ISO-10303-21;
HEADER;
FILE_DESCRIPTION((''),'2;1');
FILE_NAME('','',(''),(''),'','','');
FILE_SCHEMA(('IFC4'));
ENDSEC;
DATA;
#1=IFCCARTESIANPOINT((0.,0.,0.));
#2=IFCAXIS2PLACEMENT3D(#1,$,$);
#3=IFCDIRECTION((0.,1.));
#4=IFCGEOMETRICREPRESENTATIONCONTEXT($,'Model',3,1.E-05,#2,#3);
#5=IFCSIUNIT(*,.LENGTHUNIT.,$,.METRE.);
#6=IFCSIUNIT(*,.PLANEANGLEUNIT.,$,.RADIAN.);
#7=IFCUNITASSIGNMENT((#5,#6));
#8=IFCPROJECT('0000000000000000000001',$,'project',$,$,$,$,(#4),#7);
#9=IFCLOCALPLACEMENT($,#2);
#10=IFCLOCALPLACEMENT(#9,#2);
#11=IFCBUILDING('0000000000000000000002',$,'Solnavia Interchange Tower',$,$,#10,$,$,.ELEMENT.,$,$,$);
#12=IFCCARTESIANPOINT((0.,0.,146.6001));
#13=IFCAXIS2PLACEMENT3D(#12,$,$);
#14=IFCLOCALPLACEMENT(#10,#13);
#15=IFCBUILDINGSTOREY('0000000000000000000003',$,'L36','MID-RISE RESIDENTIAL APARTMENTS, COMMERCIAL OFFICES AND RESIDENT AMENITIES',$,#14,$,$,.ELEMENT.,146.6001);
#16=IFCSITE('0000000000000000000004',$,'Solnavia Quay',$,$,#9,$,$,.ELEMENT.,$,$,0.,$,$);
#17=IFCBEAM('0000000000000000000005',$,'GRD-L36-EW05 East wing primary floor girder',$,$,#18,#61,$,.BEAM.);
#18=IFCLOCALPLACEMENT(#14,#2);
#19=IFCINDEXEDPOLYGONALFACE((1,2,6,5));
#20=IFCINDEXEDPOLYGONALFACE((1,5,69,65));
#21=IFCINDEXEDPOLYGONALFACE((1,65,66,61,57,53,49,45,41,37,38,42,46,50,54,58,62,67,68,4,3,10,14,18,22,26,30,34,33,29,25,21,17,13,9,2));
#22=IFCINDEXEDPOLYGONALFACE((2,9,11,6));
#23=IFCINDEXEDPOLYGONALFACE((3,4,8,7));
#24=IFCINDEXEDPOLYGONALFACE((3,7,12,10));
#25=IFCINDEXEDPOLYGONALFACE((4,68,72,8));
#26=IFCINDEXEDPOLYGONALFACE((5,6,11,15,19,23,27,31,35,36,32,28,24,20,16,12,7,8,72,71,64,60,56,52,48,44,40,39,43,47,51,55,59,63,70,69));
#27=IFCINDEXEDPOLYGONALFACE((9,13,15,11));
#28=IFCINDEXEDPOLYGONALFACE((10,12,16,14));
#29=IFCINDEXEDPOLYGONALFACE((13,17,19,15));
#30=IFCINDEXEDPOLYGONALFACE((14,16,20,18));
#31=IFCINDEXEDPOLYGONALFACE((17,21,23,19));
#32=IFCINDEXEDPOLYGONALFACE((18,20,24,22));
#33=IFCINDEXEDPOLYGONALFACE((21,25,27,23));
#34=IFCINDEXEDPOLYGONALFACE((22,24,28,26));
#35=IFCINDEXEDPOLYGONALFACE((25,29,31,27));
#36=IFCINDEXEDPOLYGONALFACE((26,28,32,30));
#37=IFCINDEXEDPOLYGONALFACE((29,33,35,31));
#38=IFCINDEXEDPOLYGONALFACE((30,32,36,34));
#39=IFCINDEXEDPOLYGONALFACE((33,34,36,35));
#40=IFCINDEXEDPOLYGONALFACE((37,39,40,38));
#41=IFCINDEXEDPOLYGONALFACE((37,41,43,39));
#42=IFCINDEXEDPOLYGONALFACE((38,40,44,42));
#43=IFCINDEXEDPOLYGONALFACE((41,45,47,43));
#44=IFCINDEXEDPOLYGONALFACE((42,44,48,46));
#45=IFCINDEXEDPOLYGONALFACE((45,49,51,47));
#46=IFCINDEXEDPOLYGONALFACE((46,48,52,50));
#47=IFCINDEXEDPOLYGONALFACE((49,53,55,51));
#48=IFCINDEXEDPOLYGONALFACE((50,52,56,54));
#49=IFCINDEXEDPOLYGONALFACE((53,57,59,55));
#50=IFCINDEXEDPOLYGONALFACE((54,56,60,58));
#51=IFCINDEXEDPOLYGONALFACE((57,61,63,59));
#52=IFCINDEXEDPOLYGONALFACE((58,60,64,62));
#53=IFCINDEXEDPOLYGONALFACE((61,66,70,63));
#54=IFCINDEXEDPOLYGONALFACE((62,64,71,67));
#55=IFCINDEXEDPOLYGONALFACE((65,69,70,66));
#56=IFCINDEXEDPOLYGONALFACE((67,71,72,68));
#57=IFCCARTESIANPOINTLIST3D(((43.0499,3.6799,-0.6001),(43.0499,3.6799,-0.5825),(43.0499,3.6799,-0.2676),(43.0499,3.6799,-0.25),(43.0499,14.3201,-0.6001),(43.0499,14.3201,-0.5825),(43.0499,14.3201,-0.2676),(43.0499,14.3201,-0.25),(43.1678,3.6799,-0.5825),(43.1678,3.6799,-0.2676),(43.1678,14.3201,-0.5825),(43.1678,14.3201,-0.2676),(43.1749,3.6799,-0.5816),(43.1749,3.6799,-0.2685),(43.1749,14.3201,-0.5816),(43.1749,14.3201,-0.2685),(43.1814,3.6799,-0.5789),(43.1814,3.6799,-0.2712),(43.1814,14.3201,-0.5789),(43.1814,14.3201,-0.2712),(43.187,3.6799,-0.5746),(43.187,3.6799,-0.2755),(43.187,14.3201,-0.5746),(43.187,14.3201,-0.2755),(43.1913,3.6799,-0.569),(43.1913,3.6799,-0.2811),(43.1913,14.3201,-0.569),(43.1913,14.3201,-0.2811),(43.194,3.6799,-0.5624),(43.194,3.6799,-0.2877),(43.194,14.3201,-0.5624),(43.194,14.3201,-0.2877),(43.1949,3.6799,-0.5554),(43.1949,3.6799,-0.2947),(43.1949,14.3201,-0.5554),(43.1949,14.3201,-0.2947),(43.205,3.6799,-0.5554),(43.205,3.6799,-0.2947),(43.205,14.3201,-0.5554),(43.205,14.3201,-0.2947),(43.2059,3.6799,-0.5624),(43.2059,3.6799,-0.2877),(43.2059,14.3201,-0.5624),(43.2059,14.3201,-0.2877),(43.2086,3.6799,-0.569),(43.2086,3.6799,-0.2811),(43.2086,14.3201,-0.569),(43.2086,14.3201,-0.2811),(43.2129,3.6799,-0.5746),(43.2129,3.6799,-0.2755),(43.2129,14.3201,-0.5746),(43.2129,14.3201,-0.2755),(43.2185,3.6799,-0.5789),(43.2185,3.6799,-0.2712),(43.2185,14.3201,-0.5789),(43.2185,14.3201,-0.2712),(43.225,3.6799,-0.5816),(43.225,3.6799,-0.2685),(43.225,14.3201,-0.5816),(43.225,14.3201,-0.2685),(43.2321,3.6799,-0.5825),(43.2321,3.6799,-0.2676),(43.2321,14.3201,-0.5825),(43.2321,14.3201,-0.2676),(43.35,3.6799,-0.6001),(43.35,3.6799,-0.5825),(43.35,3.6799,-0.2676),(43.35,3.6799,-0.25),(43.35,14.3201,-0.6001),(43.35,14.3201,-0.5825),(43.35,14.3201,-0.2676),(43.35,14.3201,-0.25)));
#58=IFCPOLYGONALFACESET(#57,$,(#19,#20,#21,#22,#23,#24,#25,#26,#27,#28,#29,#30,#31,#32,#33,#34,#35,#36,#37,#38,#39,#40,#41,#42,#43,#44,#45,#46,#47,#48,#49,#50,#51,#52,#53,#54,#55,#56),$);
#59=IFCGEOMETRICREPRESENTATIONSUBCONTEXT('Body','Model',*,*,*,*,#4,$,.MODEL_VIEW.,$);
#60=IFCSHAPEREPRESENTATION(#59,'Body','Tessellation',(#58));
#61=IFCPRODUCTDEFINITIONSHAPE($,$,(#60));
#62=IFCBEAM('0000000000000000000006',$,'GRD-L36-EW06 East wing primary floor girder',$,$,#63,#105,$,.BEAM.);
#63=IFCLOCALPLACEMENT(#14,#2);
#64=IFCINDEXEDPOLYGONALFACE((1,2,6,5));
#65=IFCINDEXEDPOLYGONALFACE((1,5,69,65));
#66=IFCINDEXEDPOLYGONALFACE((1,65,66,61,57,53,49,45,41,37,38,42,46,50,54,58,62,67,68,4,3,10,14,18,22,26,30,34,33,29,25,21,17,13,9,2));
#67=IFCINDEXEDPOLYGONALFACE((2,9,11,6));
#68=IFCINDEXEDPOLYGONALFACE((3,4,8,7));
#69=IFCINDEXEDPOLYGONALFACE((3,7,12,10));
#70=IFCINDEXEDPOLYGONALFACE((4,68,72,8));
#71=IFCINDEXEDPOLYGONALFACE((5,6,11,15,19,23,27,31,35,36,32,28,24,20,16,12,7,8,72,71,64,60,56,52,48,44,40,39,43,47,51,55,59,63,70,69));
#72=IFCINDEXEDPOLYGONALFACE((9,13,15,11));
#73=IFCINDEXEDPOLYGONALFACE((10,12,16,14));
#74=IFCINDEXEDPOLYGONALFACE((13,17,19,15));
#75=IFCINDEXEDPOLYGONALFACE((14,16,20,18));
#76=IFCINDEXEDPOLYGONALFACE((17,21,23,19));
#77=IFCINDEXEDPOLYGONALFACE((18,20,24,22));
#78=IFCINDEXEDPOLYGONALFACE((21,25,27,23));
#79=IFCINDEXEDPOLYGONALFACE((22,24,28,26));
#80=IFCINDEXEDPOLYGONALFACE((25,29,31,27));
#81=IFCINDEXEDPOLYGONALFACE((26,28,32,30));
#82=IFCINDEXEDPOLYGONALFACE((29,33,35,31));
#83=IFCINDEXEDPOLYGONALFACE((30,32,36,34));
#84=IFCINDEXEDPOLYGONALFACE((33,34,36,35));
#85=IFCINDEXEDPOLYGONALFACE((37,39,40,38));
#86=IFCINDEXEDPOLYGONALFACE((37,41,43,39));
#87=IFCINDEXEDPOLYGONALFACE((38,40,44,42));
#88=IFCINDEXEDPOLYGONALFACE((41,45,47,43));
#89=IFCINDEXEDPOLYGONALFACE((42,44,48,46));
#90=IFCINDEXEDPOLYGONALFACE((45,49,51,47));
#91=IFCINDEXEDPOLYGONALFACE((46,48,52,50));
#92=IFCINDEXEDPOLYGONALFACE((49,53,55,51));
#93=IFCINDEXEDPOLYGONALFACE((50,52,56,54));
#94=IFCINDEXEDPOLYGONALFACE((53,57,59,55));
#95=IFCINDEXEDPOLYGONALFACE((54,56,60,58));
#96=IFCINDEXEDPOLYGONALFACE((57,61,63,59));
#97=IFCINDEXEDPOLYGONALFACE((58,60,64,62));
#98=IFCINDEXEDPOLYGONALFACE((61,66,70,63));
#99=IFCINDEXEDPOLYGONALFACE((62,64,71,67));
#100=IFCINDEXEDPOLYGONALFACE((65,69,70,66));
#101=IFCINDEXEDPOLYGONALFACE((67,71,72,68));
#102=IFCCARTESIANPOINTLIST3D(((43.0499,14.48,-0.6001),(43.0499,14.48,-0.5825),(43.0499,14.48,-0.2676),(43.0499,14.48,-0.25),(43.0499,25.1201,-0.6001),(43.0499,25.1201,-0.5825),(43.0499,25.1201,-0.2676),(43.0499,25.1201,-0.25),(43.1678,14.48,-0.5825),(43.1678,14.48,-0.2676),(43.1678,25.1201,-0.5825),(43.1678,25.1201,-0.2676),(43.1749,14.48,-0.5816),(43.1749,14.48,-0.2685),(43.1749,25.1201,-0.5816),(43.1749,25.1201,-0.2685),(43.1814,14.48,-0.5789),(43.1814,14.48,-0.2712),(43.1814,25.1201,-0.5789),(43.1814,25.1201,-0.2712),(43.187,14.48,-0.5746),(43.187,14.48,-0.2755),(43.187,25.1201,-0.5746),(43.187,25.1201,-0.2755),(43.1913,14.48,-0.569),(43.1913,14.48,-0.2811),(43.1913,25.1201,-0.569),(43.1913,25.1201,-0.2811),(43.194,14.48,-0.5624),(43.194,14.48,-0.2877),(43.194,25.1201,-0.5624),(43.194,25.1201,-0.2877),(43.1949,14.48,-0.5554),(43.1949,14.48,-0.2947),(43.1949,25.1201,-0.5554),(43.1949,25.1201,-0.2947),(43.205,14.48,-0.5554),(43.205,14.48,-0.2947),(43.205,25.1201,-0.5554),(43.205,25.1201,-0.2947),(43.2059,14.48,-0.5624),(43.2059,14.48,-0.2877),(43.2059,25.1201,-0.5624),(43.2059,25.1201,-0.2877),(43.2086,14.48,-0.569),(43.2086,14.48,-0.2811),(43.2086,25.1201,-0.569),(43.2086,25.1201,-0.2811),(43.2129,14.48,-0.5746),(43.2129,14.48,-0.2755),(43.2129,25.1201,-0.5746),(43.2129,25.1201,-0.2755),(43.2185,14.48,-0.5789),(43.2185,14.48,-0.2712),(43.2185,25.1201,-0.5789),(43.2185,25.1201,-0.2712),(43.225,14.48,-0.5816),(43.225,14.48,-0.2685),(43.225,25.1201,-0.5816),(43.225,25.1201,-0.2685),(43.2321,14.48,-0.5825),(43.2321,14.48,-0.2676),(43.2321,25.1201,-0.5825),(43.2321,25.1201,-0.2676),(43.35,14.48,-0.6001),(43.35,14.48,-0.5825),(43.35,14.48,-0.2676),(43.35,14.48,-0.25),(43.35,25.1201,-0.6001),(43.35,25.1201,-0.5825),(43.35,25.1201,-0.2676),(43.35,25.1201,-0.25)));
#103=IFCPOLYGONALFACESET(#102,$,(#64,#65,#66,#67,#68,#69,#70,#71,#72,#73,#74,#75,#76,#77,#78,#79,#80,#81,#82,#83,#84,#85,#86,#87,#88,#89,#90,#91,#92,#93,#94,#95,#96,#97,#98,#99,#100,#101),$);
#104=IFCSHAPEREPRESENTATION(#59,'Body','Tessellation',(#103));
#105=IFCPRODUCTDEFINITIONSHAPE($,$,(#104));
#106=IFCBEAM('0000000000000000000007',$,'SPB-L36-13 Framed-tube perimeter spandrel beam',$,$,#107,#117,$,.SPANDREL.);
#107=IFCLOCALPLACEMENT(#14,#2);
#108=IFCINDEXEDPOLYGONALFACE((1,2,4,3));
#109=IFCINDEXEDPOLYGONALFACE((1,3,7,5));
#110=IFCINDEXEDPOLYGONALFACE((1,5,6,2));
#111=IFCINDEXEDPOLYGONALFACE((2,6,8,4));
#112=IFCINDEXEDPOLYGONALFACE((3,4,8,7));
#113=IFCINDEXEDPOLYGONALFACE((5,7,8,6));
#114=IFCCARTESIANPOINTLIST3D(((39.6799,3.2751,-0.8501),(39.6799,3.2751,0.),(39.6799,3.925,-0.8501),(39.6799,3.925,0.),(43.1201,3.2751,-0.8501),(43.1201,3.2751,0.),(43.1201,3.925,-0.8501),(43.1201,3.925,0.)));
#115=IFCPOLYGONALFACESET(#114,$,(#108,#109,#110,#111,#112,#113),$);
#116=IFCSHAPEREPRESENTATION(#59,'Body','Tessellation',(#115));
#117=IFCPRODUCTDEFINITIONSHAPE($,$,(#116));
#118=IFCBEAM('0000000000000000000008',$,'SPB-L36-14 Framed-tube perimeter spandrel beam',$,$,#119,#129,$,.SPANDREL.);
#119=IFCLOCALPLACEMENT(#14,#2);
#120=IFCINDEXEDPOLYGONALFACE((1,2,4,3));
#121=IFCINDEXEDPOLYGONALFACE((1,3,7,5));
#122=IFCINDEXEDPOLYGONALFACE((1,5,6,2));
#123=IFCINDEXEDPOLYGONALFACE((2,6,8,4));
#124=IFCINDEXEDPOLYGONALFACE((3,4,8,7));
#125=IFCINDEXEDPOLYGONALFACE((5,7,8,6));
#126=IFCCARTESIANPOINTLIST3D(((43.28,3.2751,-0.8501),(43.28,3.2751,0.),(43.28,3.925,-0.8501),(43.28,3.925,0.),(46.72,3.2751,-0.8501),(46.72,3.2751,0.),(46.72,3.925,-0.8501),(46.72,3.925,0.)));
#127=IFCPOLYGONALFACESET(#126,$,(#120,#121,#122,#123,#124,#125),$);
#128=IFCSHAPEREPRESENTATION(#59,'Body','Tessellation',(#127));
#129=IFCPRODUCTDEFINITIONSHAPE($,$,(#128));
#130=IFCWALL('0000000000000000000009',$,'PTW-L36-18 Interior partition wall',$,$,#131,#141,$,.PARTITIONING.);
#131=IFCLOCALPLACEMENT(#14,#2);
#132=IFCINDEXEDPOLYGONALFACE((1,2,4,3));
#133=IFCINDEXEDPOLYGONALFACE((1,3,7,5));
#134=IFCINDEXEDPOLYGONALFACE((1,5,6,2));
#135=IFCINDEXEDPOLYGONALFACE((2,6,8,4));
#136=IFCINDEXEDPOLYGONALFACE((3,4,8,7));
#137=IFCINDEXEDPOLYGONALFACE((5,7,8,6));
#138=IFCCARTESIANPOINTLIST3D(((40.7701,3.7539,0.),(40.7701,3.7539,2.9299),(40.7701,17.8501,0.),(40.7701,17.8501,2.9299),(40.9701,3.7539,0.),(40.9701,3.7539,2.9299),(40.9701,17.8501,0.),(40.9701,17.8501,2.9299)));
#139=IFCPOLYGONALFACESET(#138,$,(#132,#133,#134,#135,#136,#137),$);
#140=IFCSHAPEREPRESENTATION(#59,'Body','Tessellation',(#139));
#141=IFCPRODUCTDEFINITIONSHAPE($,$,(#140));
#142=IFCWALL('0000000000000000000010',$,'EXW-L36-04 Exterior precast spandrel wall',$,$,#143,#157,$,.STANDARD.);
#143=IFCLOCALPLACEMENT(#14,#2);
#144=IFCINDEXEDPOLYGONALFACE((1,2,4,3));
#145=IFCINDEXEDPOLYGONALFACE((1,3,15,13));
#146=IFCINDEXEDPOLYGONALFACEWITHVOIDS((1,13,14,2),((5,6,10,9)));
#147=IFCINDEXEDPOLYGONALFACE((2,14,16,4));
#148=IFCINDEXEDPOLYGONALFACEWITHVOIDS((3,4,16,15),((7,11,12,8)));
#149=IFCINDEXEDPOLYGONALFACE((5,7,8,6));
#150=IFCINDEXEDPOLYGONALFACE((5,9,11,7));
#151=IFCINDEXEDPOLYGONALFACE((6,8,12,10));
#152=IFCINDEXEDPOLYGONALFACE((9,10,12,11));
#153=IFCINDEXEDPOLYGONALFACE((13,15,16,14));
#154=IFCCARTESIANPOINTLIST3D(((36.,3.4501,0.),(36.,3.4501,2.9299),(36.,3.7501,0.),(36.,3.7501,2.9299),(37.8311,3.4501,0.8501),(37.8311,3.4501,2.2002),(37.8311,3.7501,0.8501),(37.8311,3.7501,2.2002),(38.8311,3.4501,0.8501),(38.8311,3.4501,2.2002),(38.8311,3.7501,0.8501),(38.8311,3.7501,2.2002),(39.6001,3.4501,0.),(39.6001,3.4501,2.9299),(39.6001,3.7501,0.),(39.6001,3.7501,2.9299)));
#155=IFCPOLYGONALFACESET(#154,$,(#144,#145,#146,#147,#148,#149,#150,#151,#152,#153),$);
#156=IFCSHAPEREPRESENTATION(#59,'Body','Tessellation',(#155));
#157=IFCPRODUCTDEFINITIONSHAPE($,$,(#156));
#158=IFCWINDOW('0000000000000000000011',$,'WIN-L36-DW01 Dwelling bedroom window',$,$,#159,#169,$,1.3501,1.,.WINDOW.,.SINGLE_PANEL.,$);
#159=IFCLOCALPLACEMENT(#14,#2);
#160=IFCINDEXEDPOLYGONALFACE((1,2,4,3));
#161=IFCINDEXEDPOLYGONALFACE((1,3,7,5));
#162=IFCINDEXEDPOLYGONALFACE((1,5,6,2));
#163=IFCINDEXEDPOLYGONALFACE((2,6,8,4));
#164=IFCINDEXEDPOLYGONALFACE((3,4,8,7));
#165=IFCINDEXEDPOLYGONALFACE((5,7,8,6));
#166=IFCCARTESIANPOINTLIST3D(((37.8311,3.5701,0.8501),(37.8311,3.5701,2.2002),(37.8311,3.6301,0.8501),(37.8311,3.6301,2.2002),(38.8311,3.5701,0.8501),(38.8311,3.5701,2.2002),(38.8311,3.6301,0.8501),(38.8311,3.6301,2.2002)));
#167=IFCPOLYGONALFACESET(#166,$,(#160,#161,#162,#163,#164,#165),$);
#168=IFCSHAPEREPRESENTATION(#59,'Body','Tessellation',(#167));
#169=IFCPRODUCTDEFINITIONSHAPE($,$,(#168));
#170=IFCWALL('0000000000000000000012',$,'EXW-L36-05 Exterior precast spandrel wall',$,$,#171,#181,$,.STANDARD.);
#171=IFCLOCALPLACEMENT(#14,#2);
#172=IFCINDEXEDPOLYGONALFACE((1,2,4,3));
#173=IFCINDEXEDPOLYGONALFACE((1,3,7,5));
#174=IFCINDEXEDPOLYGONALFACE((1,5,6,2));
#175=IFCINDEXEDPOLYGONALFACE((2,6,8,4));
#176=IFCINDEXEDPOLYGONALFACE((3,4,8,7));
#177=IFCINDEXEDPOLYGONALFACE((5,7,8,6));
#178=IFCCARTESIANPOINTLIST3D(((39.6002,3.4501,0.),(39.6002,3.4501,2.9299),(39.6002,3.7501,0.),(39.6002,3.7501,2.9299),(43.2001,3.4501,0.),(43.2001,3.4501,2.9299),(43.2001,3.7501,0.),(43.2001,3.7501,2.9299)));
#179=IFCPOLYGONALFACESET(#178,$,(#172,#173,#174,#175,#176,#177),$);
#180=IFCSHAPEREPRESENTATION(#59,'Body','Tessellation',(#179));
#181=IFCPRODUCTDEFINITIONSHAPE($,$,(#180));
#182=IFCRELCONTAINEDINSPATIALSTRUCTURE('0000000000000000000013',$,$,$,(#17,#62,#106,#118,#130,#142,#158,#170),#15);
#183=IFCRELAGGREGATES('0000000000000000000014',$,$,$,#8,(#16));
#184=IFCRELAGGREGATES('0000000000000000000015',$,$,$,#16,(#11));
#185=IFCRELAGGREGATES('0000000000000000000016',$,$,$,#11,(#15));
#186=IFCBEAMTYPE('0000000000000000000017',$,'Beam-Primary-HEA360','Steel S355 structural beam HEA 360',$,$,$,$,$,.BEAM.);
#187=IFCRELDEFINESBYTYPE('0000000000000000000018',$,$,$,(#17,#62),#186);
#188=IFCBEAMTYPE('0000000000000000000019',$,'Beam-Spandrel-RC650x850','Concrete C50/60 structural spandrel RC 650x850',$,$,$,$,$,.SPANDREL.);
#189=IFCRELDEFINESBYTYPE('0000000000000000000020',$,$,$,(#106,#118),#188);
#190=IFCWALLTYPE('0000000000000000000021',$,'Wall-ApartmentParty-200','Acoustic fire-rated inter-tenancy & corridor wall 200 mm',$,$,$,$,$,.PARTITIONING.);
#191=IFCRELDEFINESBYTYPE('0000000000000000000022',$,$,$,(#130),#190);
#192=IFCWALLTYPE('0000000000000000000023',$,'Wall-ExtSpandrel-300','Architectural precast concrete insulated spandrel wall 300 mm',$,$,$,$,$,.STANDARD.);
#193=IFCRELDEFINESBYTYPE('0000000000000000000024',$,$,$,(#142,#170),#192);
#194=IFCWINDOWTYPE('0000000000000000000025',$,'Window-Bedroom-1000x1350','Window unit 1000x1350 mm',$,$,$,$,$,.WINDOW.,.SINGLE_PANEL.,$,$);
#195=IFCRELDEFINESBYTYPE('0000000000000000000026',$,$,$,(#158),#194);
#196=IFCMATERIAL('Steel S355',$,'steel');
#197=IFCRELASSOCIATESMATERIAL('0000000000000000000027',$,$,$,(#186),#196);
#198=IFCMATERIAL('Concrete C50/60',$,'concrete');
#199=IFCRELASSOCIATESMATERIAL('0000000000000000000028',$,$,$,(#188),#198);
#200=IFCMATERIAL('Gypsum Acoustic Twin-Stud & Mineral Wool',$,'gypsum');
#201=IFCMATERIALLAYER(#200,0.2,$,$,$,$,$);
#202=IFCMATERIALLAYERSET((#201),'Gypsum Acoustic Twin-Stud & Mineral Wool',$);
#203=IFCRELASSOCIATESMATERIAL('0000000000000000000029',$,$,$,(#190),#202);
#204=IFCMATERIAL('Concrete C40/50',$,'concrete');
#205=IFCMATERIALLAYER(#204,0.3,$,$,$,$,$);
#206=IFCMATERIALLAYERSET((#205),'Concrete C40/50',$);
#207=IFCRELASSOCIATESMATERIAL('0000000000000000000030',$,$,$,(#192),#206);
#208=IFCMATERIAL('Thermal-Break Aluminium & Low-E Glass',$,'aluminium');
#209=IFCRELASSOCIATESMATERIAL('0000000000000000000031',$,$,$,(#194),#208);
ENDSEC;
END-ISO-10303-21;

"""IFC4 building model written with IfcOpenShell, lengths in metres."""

from ifc_helpers import new_model, si_unit, direction, frame, frame_2d, origin, origin_2d, place, context, subcontext, project, spatial, rectangle, i_section, extrude, material, layer, layer_set, material_profile, profile_set, type_object, element, fill, save


model = new_model("IFC4")

# Units and contexts
model_context = context("Model", 3, precision=1e-05, world=origin(), true_north=direction((0.0, 1.0)))
body_context = subcontext(model_context, "Body", "Model", "MODEL_VIEW")
ifc_project = project(units=[si_unit("LENGTHUNIT", "METRE"), si_unit("PLANEANGLEUNIT", "RADIAN")], contexts=[model_context])

# Site, building, storey
site_placement = place(None, origin())
site = spatial("IfcSite", under=ifc_project, at=site_placement, Name="Solnavia Quay", CompositionType="ELEMENT", RefElevation=0.0)
building_placement = place(site_placement, origin())
building = spatial("IfcBuilding", under=site, at=building_placement, Name="Solnavia Interchange Tower", CompositionType="ELEMENT")
storey_placement = place(building_placement, frame((0.0, 0.0, 146.6001)))
storey = spatial("IfcBuildingStorey", under=building, at=storey_placement, Name="L36", Description="MID-RISE RESIDENTIAL APARTMENTS, COMMERCIAL OFFICES AND RESIDENT AMENITIES", CompositionType="ELEMENT", Elevation=146.6001)

# Shared definitions
ifc_material_1 = material(Name="Concrete C50/60", Category="concrete")
ifc_material_2 = material(Name="Steel S355", Category="steel")

# Beams
ifc_material_profile_1 = material_profile(ifc_material_2, i_section(OverallWidth=0.3, OverallDepth=0.3501, WebThickness=0.01, FlangeThickness=0.0176, FilletRadius=0.0271, at=origin_2d()), Name="HEA 360")
ifc_profile_set_1 = profile_set([ifc_material_profile_1], Name="Steel S355")
beam_type_1 = type_object("IfcBeamType", Name="Beam-Primary-HEA360", Description="Steel S355 structural beam HEA 360", PredefinedType="BEAM", material=ifc_profile_set_1)
for number, where, z_axis, x_axis, name in (
    (1, (43.2, 3.6799, -0.425), (0.0, 1.0, 0.0), (-1.0, 0.0, 0.0), "GRD-L36-EW05 East wing primary floor girder"),
    (2, (43.2, 14.48, -0.425), (0.0, 1.0, 0.0), (-1.0, 0.0, 0.0), "GRD-L36-EW06 East wing primary floor girder"),
):
    element("IfcBeam", number, at=place(storey_placement, frame(where, z_axis=z_axis, x_axis=x_axis)), inside=storey, type_object=beam_type_1, Name=name, PredefinedType="BEAM", context=body_context, shape_type="SweptSolid", body=[
        extrude(i_section(OverallWidth=0.3, OverallDepth=0.3501, WebThickness=0.01, FlangeThickness=0.0176, FilletRadius=0.0271, at=origin_2d()), origin(), (0.0, 0.0, 1.0), 10.6401),
    ])
ifc_material_profile_2 = material_profile(ifc_material_1, rectangle(XDim=0.6499, YDim=0.8501, at=origin_2d()), Name="RC 650x850")
ifc_profile_set_2 = profile_set([ifc_material_profile_2], Name="Concrete C50/60")
beam_type_2 = type_object("IfcBeamType", Name="Beam-Spandrel-RC650x850", Description="Concrete C50/60 structural spandrel RC 650x850", PredefinedType="SPANDREL", material=ifc_profile_set_2)
beam_1_placement = place(storey_placement, frame((39.6799, 3.6001, -0.425), z_axis=(1.0, 0.0, 0.0), x_axis=(0.0, 1.0, 0.0)))
element("IfcBeam", 3, at=beam_1_placement, inside=storey, type_object=beam_type_2, Name="SPB-L36-13 Framed-tube perimeter spandrel beam", PredefinedType="SPANDREL", context=body_context, shape_type="SweptSolid", body=[
    extrude(rectangle(XDim=0.6499, YDim=0.8501, at=origin_2d()), origin(), (0.0, 0.0, 1.0), 3.4402),
])
beam_2_placement = place(storey_placement, frame((43.28, 3.6001, -0.425), z_axis=(1.0, 0.0, 0.0), x_axis=(0.0, 1.0, 0.0)))
element("IfcBeam", 4, at=beam_2_placement, inside=storey, type_object=beam_type_2, Name="SPB-L36-14 Framed-tube perimeter spandrel beam", PredefinedType="SPANDREL", context=body_context, shape_type="SweptSolid", body=[
    extrude(rectangle(XDim=0.6499, YDim=0.8501, at=origin_2d()), origin(), (0.0, 0.0, 1.0), 3.4399),
])

# Wall
ifc_material_3 = material(Name="Gypsum Acoustic Twin-Stud & Mineral Wool", Category="gypsum")
ifc_layer_1 = layer(ifc_material_3, 0.2)
ifc_layer_set_1 = layer_set([ifc_layer_1], Name="Gypsum Acoustic Twin-Stud & Mineral Wool")
wall_type_1 = type_object("IfcWallType", Name="Wall-ApartmentParty-200", Description="Acoustic fire-rated inter-tenancy & corridor wall 200 mm", PredefinedType="PARTITIONING", material=ifc_layer_set_1)
wall_1_placement = place(storey_placement, frame((40.8701, 3.7539, 0.0), z_axis=(0.0, 0.0, 1.0), x_axis=(0.0, 1.0, 0.0)))
element("IfcWall", 5, at=wall_1_placement, inside=storey, type_object=wall_type_1, Name="PTW-L36-18 Interior partition wall", PredefinedType="PARTITIONING", context=body_context, shape_type="SweptSolid", body=[
    extrude(rectangle(XDim=14.0962, YDim=0.2, at=frame_2d((7.0481, 0.0))), origin(), (0.0, 0.0, 1.0), 2.9299),
])

# Wall, opening, window
ifc_material_4 = material(Name="Concrete C40/50", Category="concrete")
ifc_layer_2 = layer(ifc_material_4, 0.3)
ifc_layer_set_2 = layer_set([ifc_layer_2], Name="Concrete C40/50")
wall_type_2 = type_object("IfcWallType", Name="Wall-ExtSpandrel-300", Description="Architectural precast concrete insulated spandrel wall 300 mm", PredefinedType="STANDARD", material=ifc_layer_set_2)
wall_2_placement = place(storey_placement, frame((39.6001, 3.6001, 0.0), z_axis=(0.0, 0.0, 1.0), x_axis=(-1.0, 0.0, 0.0)))
wall_2 = element("IfcWall", 6, at=wall_2_placement, inside=storey, type_object=wall_type_2, Name="EXW-L36-04 Exterior precast spandrel wall", PredefinedType="STANDARD", context=body_context, shape_type="SweptSolid", body=[
    extrude(rectangle(XDim=3.6001, YDim=0.3, at=frame_2d((1.8, 0.0))), origin(), (0.0, 0.0, 1.0), 2.9299),
])
opening_1_placement = place(wall_2_placement, frame((0.769, 0.0, 0.8501)))
opening_1 = element("IfcOpeningElement", 7, at=opening_1_placement, cuts=wall_2, PredefinedType="OPENING", context=body_context, shape_type="SweptSolid", body=[
    extrude(rectangle(XDim=1.0, YDim=1.3501, at=frame_2d((0.5, 0.675))), frame((0.0, 0.1602, 0.0), z_axis=(0.0, -1.0, 0.0), x_axis=(1.0, 0.0, 0.0)), (0.0, 0.0, 1.0), 0.3201),
])
ifc_material_5 = material(Name="Thermal-Break Aluminium & Low-E Glass", Category="aluminium")
window_type = type_object("IfcWindowType", Name="Window-Bedroom-1000x1350", Description="Window unit 1000x1350 mm", PartitioningType="SINGLE_PANEL", PredefinedType="WINDOW", material=ifc_material_5)
window_placement = place(opening_1_placement, origin())
window = element("IfcWindow", 8, at=window_placement, inside=storey, type_object=window_type, Name="WIN-L36-DW01 Dwelling bedroom window", OverallHeight=1.3501, OverallWidth=1.0, PartitioningType="SINGLE_PANEL", PredefinedType="WINDOW", context=body_context, shape_type="SweptSolid", body=[
    extrude(rectangle(XDim=1.0, YDim=1.3501, at=frame_2d((0.5, 0.675))), frame((0.0, 0.03, 0.0), z_axis=(0.0, -1.0, 0.0), x_axis=(1.0, 0.0, 0.0)), (0.0, 0.0, 1.0), 0.0601),
])
fill(opening_1, window)

# Wall
wall_3_placement = place(storey_placement, frame((43.2, 3.6001, 0.0), z_axis=(0.0, 0.0, 1.0), x_axis=(-1.0, 0.0, 0.0)))
element("IfcWall", 9, at=wall_3_placement, inside=storey, type_object=wall_type_2, Name="EXW-L36-05 Exterior precast spandrel wall", PredefinedType="STANDARD", context=body_context, shape_type="SweptSolid", body=[
    extrude(rectangle(XDim=3.5999, YDim=0.3, at=frame_2d((1.7998, 0.0))), origin(), (0.0, 0.0, 1.0), 2.9299),
])

save(model, "model.ifc")
